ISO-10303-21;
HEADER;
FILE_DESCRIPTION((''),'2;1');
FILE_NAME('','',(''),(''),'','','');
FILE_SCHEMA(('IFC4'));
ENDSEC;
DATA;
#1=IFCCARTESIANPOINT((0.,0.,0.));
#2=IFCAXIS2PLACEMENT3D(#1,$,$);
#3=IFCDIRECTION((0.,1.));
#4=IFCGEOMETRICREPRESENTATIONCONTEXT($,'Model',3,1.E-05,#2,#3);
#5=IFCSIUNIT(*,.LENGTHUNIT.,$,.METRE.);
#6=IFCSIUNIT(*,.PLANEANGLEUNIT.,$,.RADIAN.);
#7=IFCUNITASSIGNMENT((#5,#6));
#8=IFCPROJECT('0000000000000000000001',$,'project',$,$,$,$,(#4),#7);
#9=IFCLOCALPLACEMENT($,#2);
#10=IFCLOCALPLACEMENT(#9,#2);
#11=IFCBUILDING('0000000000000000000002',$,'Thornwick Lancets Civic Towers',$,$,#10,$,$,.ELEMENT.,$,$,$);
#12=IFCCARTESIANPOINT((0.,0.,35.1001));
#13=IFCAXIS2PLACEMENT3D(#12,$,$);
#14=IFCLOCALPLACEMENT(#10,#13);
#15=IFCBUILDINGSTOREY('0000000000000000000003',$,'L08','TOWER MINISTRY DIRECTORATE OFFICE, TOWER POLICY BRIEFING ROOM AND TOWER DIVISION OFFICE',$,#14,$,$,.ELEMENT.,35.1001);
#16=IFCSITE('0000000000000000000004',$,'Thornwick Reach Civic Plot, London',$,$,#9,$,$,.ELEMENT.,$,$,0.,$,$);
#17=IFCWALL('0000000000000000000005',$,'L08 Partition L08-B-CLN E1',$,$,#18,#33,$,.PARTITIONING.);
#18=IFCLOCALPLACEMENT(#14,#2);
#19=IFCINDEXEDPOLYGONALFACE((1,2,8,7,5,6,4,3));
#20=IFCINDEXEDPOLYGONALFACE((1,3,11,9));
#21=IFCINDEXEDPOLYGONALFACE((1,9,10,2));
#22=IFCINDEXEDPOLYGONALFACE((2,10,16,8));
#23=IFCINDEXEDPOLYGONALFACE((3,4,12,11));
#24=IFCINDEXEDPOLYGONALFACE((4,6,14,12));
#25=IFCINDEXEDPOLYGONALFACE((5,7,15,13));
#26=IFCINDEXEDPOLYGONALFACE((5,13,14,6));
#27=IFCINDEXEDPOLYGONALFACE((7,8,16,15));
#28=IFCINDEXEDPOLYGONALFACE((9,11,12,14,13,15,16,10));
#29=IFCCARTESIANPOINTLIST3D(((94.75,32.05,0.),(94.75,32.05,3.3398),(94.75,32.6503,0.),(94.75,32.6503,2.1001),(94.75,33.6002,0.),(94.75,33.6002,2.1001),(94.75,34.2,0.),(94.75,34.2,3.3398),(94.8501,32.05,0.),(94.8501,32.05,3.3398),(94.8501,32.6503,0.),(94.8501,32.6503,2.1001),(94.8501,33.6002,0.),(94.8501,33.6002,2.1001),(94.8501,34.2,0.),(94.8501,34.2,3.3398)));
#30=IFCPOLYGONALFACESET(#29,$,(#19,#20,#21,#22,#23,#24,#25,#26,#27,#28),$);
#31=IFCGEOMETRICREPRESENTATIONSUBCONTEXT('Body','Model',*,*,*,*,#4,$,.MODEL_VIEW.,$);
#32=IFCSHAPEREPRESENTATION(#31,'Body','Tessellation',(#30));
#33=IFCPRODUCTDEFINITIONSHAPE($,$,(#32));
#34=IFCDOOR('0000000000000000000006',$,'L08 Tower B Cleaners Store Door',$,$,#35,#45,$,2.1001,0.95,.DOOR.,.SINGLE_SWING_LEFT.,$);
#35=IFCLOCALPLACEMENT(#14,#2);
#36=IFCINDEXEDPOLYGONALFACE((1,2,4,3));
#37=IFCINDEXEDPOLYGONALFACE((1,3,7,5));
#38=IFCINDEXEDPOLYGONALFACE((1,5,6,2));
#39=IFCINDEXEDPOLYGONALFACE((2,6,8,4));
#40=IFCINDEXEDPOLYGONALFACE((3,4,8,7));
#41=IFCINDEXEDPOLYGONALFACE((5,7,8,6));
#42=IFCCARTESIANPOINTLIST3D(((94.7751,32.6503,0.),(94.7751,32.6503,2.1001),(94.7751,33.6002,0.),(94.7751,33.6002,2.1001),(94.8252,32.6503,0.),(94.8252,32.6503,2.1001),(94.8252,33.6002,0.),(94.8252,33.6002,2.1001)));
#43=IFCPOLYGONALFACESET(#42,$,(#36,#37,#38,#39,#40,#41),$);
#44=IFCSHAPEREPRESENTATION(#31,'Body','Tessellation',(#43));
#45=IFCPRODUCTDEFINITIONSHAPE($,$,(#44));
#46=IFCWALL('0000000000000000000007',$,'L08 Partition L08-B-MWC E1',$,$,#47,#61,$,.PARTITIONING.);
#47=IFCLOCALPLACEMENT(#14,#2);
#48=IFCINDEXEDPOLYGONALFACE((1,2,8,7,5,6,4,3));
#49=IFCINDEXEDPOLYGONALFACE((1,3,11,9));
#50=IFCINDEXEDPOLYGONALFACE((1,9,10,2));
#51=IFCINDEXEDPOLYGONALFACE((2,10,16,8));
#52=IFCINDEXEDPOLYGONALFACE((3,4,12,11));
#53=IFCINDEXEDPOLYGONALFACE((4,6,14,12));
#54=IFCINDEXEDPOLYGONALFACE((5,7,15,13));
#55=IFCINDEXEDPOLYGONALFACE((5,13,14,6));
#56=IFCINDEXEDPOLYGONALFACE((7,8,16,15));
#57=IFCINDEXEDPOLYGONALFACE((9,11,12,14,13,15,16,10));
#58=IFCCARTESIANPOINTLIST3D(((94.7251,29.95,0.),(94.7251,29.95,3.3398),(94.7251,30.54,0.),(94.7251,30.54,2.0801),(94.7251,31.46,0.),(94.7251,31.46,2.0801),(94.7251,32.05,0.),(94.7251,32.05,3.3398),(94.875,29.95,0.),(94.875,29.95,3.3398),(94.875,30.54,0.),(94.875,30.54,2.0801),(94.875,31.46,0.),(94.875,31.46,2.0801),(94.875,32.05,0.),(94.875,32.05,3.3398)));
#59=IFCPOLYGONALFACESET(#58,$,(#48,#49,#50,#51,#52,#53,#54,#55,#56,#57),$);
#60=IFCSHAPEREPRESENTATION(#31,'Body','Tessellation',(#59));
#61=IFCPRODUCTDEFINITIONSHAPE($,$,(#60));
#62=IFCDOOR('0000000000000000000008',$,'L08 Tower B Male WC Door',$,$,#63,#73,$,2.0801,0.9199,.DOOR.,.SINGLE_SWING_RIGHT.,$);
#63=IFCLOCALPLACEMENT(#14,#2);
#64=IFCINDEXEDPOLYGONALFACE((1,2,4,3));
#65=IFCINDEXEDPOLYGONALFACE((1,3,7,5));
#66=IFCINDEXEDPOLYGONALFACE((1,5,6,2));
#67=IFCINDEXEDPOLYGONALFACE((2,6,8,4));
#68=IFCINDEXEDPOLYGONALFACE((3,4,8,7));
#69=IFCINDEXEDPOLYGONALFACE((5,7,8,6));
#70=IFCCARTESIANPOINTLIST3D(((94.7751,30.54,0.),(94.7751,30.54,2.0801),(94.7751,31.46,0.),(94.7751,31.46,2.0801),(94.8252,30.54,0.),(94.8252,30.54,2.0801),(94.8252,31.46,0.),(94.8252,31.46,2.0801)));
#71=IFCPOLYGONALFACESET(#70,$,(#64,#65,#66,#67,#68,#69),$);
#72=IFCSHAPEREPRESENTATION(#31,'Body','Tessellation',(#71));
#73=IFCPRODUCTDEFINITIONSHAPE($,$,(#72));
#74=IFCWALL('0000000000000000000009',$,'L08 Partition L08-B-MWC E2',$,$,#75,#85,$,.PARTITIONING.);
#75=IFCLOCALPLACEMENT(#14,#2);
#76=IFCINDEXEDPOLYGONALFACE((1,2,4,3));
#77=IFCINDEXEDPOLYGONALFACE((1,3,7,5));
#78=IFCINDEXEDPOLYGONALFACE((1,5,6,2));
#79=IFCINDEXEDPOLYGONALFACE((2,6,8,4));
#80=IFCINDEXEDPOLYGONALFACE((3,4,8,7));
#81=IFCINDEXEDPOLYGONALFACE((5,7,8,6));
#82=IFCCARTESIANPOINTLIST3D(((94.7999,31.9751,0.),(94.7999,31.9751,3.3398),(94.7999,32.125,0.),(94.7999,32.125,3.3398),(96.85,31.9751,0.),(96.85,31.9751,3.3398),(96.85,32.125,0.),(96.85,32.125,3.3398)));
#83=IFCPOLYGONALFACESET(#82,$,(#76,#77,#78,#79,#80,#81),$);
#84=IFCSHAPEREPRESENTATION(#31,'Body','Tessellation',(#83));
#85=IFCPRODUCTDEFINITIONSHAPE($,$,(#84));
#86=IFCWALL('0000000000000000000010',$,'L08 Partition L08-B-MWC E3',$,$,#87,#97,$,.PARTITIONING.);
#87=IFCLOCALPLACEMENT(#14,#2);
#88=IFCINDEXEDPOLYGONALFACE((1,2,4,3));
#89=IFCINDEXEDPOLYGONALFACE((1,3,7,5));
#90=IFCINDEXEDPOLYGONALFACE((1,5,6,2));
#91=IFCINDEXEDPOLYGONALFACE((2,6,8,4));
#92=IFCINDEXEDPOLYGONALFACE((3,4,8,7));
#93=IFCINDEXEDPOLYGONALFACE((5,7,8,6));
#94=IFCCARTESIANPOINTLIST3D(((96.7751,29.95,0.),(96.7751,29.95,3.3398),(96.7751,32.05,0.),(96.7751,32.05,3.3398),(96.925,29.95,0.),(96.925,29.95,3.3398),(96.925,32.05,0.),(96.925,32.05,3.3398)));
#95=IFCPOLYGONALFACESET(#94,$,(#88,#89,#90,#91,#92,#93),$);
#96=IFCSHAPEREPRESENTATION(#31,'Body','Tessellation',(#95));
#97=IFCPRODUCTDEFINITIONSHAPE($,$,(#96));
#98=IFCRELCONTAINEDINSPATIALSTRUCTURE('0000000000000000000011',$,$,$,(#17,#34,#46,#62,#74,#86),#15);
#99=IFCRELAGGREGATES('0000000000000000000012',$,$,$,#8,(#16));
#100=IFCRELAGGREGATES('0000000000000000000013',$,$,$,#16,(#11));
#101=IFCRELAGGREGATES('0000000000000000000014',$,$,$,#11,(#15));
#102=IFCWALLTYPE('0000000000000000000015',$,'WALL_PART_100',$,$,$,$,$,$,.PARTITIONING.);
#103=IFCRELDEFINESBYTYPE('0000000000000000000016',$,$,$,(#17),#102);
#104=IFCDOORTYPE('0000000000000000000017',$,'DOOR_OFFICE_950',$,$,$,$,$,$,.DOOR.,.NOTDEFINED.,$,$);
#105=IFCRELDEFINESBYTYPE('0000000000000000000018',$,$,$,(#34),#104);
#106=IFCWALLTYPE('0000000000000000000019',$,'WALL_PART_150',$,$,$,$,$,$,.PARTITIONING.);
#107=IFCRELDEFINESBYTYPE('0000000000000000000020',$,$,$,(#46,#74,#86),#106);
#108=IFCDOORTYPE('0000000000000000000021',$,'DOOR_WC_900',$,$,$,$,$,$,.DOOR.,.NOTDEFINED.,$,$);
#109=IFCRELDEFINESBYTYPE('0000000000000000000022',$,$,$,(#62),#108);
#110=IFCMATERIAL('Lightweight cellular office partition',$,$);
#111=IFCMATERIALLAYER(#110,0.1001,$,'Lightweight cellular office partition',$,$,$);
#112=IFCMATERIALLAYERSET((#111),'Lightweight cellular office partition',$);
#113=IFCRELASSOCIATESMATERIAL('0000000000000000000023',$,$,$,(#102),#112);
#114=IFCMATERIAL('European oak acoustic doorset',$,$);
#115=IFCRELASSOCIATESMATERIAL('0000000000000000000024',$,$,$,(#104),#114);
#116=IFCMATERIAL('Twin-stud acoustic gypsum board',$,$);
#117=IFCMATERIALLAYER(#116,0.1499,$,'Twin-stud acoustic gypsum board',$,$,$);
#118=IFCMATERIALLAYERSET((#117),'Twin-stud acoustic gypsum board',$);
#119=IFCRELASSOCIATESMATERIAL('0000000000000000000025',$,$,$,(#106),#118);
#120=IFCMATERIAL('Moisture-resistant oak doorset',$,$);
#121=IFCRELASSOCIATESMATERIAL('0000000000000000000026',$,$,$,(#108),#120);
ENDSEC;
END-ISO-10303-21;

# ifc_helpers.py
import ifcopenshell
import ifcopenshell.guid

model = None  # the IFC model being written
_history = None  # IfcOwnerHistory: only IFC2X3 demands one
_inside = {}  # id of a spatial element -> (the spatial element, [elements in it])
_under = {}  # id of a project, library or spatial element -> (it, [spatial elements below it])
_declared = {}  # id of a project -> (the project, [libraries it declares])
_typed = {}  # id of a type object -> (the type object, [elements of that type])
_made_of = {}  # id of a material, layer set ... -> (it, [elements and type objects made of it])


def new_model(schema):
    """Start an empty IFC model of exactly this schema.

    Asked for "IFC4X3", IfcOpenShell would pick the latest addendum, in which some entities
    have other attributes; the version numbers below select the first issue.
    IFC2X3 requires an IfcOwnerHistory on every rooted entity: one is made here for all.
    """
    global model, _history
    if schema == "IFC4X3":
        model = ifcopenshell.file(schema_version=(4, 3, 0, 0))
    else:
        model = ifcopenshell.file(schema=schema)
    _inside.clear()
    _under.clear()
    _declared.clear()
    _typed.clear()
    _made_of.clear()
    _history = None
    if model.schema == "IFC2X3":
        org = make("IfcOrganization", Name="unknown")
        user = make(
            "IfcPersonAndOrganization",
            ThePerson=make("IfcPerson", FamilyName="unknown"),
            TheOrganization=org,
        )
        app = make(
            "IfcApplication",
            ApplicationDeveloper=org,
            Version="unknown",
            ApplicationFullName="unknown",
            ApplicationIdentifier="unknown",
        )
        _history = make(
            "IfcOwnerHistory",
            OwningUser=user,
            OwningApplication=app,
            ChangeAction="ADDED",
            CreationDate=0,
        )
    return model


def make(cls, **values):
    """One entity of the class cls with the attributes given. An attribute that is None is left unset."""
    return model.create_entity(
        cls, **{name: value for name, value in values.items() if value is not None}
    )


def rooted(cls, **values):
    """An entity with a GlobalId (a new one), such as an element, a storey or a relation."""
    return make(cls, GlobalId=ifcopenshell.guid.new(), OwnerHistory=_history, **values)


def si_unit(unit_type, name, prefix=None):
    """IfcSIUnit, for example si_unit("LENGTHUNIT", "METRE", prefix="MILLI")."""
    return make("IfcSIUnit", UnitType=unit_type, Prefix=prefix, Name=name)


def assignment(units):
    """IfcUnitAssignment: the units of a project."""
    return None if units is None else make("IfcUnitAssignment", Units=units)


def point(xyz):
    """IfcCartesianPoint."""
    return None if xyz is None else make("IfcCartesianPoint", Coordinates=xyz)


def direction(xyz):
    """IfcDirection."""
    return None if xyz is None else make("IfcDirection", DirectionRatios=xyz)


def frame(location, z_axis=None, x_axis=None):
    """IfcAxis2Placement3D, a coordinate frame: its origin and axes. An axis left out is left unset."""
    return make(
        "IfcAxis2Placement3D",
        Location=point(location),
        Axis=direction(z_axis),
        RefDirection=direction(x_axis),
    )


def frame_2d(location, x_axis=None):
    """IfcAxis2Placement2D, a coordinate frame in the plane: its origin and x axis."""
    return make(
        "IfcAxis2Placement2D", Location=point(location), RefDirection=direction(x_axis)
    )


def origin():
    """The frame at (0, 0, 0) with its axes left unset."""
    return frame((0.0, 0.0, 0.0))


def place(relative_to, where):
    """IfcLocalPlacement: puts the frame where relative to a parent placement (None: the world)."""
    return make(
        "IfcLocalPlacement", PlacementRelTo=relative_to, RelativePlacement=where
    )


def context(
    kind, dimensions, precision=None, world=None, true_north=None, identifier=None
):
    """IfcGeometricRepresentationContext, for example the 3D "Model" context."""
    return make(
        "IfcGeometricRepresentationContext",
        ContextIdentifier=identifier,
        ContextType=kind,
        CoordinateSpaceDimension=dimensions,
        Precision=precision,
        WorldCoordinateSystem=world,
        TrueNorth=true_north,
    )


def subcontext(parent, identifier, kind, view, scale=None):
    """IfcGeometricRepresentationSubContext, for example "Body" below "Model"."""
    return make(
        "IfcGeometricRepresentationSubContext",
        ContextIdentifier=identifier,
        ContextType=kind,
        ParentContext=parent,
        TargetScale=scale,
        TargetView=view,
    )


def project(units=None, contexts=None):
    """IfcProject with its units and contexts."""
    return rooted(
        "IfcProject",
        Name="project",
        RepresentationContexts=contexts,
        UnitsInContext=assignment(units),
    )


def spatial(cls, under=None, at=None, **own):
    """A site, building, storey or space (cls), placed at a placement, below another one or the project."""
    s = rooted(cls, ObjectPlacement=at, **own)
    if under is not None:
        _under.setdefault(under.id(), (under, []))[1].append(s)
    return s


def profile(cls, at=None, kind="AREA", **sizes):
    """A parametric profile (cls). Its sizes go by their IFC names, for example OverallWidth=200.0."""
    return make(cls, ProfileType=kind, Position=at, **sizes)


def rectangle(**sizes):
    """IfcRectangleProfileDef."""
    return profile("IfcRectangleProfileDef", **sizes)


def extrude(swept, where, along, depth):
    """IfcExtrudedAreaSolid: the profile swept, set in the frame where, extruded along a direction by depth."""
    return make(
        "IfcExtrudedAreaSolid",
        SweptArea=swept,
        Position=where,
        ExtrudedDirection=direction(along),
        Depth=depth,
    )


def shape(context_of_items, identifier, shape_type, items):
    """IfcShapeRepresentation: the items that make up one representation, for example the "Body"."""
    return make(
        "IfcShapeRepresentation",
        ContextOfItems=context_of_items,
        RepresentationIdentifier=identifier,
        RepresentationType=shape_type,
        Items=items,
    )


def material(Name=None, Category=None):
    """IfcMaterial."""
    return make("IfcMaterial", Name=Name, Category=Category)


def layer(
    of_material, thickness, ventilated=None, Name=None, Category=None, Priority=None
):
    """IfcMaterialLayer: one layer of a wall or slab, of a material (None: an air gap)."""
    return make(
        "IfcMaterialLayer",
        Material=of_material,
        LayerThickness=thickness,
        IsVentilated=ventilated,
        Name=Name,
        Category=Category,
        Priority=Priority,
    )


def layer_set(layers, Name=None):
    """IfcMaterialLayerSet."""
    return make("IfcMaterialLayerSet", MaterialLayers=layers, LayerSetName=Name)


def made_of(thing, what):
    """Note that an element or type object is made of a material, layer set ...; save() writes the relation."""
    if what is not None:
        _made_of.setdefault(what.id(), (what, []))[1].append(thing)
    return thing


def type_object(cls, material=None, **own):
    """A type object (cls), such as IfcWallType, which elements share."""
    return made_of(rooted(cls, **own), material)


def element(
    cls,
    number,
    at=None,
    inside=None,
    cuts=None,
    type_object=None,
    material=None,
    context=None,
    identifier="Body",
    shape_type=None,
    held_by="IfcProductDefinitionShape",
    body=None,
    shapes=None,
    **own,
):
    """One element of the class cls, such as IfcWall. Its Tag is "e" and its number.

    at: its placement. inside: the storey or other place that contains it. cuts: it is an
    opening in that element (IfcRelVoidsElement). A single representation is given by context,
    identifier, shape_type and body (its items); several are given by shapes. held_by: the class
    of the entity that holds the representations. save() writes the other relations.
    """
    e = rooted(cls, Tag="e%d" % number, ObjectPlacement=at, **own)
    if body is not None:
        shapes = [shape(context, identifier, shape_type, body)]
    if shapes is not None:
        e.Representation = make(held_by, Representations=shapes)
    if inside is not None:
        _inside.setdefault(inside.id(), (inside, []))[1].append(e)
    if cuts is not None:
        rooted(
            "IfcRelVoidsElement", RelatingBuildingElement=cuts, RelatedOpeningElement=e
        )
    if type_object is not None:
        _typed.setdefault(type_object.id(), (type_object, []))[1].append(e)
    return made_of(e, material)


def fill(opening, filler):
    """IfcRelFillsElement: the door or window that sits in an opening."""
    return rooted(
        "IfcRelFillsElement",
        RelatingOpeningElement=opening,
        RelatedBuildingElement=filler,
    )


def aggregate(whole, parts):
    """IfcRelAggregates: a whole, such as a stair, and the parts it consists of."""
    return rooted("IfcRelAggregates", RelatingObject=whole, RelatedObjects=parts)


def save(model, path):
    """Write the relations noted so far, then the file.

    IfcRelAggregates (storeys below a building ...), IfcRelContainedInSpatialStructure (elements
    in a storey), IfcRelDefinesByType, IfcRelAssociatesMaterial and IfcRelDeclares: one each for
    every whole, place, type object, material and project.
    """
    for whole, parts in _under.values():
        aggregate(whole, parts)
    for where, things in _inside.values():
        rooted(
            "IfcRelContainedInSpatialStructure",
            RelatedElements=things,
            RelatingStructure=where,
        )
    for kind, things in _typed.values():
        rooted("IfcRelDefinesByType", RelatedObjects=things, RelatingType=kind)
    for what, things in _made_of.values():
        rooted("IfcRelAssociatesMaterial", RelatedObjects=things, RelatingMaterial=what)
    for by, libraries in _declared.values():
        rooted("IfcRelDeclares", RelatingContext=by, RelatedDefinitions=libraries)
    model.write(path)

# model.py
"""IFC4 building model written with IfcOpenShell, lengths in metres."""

from ifc_helpers import new_model, si_unit, direction, frame, frame_2d, origin, place, context, subcontext, project, spatial, rectangle, extrude, material, layer, layer_set, type_object, element, fill, save


model = new_model("IFC4")

# Units and contexts
model_context = context("Model", 3, precision=1e-05, world=origin(), true_north=direction((0.0, 1.0)))
body_context = subcontext(model_context, "Body", "Model", "MODEL_VIEW")
ifc_project = project(units=[si_unit("LENGTHUNIT", "METRE"), si_unit("PLANEANGLEUNIT", "RADIAN")], contexts=[model_context])

# Site, building, storey
site_placement = place(None, origin())
site = spatial("IfcSite", under=ifc_project, at=site_placement, Name="Thornwick Reach Civic Plot, London", CompositionType="ELEMENT", RefElevation=0.0)
building_placement = place(site_placement, origin())
building = spatial("IfcBuilding", under=site, at=building_placement, Name="Thornwick Lancets Civic Towers", CompositionType="ELEMENT")
storey_placement = place(building_placement, frame((0.0, 0.0, 35.1001)))
storey = spatial("IfcBuildingStorey", under=building, at=storey_placement, Name="L08", Description="TOWER MINISTRY DIRECTORATE OFFICE, TOWER POLICY BRIEFING ROOM AND TOWER DIVISION OFFICE", CompositionType="ELEMENT", Elevation=35.1001)

# Walls, openings, doors
ifc_material_1 = material(Name="Lightweight cellular office partition")
ifc_layer_1 = layer(ifc_material_1, 0.1001, Name="Lightweight cellular office partition")
ifc_layer_set_1 = layer_set([ifc_layer_1], Name="Lightweight cellular office partition")
wall_type_1 = type_object("IfcWallType", Name="WALL_PART_100", PredefinedType="PARTITIONING", material=ifc_layer_set_1)
wall_1_placement = place(storey_placement, frame((94.8, 32.05, 0.0), z_axis=(0.0, 0.0, 1.0), x_axis=(0.0, 1.0, 0.0)))
wall_1 = element("IfcWall", 1, at=wall_1_placement, inside=storey, type_object=wall_type_1, Name="L08 Partition L08-B-CLN E1", PredefinedType="PARTITIONING", context=body_context, shape_type="SweptSolid", body=[
    extrude(rectangle(XDim=2.1499, YDim=0.1001, at=frame_2d((1.075, 0.0))), origin(), (0.0, 0.0, 1.0), 3.3398),
])
opening_1_placement = place(wall_1_placement, frame((0.6001, 0.0, 0.0)))
opening_1 = element("IfcOpeningElement", 2, at=opening_1_placement, cuts=wall_1, PredefinedType="OPENING", context=body_context, shape_type="SweptSolid", body=[
    extrude(rectangle(XDim=0.95, YDim=2.1001, at=frame_2d((0.4751, 1.05))), frame((0.0, 0.0601, 0.0), z_axis=(0.0, -1.0, 0.0), x_axis=(1.0, 0.0, 0.0)), (0.0, 0.0, 1.0), 0.1201),
])
ifc_material_2 = material(Name="European oak acoustic doorset")
door_type_1 = type_object("IfcDoorType", Name="DOOR_OFFICE_950", OperationType="NOTDEFINED", PredefinedType="DOOR", material=ifc_material_2)
door_1_placement = place(opening_1_placement, origin())
door_1 = element("IfcDoor", 3, at=door_1_placement, inside=storey, type_object=door_type_1, Name="L08 Tower B Cleaners Store Door", OperationType="SINGLE_SWING_LEFT", OverallHeight=2.1001, OverallWidth=0.95, PredefinedType="DOOR", context=body_context, shape_type="SweptSolid", body=[
    extrude(rectangle(XDim=0.95, YDim=2.1001, at=frame_2d((0.4751, 1.05))), frame((0.0, 0.0249, 0.0), z_axis=(0.0, -1.0, 0.0), x_axis=(1.0, 0.0, 0.0)), (0.0, 0.0, 1.0), 0.05),
])
fill(opening_1, door_1)
ifc_material_3 = material(Name="Twin-stud acoustic gypsum board")
ifc_layer_2 = layer(ifc_material_3, 0.1499, Name="Twin-stud acoustic gypsum board")
ifc_layer_set_2 = layer_set([ifc_layer_2], Name="Twin-stud acoustic gypsum board")
wall_type_2 = type_object("IfcWallType", Name="WALL_PART_150", PredefinedType="PARTITIONING", material=ifc_layer_set_2)
wall_2_placement = place(storey_placement, frame((94.8, 29.95, 0.0), z_axis=(0.0, 0.0, 1.0), x_axis=(0.0, 1.0, 0.0)))
wall_2 = element("IfcWall", 4, at=wall_2_placement, inside=storey, type_object=wall_type_2, Name="L08 Partition L08-B-MWC E1", PredefinedType="PARTITIONING", context=body_context, shape_type="SweptSolid", body=[
    extrude(rectangle(XDim=2.1001, YDim=0.1499, at=frame_2d((1.05, 0.0))), origin(), (0.0, 0.0, 1.0), 3.3398),
])
opening_2_placement = place(wall_2_placement, frame((0.5901, 0.0, 0.0)))
opening_2 = element("IfcOpeningElement", 5, at=opening_2_placement, cuts=wall_2, PredefinedType="OPENING", context=body_context, shape_type="SweptSolid", body=[
    extrude(rectangle(XDim=0.9199, YDim=2.0801, at=frame_2d((0.46, 1.04))), frame((0.0, 0.085, 0.0), z_axis=(0.0, -1.0, 0.0), x_axis=(1.0, 0.0, 0.0)), (0.0, 0.0, 1.0), 0.1699),
])
ifc_material_4 = material(Name="Moisture-resistant oak doorset")
door_type_2 = type_object("IfcDoorType", Name="DOOR_WC_900", OperationType="NOTDEFINED", PredefinedType="DOOR", material=ifc_material_4)
door_2_placement = place(opening_2_placement, origin())
door_2 = element("IfcDoor", 6, at=door_2_placement, inside=storey, type_object=door_type_2, Name="L08 Tower B Male WC Door", OperationType="SINGLE_SWING_RIGHT", OverallHeight=2.0801, OverallWidth=0.9199, PredefinedType="DOOR", context=body_context, shape_type="SweptSolid", body=[
    extrude(rectangle(XDim=0.9199, YDim=2.0801, at=frame_2d((0.46, 1.04))), frame((0.0, 0.0249, 0.0), z_axis=(0.0, -1.0, 0.0), x_axis=(1.0, 0.0, 0.0)), (0.0, 0.0, 1.0), 0.05),
])
fill(opening_2, door_2)

# Walls
wall_3_placement = place(storey_placement, frame((94.8, 32.05, 0.0), z_axis=(0.0, 0.0, 1.0), x_axis=(1.0, 0.0, 0.0)))
element("IfcWall", 7, at=wall_3_placement, inside=storey, type_object=wall_type_2, Name="L08 Partition L08-B-MWC E2", PredefinedType="PARTITIONING", context=body_context, shape_type="SweptSolid", body=[
    extrude(rectangle(XDim=2.05, YDim=0.1499, at=frame_2d((1.0249, 0.0))), origin(), (0.0, 0.0, 1.0), 3.3398),
])
wall_4_placement = place(storey_placement, frame((96.8501, 32.05, 0.0), z_axis=(0.0, 0.0, 1.0), x_axis=(0.0, -1.0, 0.0)))
element("IfcWall", 8, at=wall_4_placement, inside=storey, type_object=wall_type_2, Name="L08 Partition L08-B-MWC E3", PredefinedType="PARTITIONING", context=body_context, shape_type="SweptSolid", body=[
    extrude(rectangle(XDim=2.1001, YDim=0.1499, at=frame_2d((1.05, 0.0))), origin(), (0.0, 0.0, 1.0), 3.3398),
])

save(model, "model.ifc")
